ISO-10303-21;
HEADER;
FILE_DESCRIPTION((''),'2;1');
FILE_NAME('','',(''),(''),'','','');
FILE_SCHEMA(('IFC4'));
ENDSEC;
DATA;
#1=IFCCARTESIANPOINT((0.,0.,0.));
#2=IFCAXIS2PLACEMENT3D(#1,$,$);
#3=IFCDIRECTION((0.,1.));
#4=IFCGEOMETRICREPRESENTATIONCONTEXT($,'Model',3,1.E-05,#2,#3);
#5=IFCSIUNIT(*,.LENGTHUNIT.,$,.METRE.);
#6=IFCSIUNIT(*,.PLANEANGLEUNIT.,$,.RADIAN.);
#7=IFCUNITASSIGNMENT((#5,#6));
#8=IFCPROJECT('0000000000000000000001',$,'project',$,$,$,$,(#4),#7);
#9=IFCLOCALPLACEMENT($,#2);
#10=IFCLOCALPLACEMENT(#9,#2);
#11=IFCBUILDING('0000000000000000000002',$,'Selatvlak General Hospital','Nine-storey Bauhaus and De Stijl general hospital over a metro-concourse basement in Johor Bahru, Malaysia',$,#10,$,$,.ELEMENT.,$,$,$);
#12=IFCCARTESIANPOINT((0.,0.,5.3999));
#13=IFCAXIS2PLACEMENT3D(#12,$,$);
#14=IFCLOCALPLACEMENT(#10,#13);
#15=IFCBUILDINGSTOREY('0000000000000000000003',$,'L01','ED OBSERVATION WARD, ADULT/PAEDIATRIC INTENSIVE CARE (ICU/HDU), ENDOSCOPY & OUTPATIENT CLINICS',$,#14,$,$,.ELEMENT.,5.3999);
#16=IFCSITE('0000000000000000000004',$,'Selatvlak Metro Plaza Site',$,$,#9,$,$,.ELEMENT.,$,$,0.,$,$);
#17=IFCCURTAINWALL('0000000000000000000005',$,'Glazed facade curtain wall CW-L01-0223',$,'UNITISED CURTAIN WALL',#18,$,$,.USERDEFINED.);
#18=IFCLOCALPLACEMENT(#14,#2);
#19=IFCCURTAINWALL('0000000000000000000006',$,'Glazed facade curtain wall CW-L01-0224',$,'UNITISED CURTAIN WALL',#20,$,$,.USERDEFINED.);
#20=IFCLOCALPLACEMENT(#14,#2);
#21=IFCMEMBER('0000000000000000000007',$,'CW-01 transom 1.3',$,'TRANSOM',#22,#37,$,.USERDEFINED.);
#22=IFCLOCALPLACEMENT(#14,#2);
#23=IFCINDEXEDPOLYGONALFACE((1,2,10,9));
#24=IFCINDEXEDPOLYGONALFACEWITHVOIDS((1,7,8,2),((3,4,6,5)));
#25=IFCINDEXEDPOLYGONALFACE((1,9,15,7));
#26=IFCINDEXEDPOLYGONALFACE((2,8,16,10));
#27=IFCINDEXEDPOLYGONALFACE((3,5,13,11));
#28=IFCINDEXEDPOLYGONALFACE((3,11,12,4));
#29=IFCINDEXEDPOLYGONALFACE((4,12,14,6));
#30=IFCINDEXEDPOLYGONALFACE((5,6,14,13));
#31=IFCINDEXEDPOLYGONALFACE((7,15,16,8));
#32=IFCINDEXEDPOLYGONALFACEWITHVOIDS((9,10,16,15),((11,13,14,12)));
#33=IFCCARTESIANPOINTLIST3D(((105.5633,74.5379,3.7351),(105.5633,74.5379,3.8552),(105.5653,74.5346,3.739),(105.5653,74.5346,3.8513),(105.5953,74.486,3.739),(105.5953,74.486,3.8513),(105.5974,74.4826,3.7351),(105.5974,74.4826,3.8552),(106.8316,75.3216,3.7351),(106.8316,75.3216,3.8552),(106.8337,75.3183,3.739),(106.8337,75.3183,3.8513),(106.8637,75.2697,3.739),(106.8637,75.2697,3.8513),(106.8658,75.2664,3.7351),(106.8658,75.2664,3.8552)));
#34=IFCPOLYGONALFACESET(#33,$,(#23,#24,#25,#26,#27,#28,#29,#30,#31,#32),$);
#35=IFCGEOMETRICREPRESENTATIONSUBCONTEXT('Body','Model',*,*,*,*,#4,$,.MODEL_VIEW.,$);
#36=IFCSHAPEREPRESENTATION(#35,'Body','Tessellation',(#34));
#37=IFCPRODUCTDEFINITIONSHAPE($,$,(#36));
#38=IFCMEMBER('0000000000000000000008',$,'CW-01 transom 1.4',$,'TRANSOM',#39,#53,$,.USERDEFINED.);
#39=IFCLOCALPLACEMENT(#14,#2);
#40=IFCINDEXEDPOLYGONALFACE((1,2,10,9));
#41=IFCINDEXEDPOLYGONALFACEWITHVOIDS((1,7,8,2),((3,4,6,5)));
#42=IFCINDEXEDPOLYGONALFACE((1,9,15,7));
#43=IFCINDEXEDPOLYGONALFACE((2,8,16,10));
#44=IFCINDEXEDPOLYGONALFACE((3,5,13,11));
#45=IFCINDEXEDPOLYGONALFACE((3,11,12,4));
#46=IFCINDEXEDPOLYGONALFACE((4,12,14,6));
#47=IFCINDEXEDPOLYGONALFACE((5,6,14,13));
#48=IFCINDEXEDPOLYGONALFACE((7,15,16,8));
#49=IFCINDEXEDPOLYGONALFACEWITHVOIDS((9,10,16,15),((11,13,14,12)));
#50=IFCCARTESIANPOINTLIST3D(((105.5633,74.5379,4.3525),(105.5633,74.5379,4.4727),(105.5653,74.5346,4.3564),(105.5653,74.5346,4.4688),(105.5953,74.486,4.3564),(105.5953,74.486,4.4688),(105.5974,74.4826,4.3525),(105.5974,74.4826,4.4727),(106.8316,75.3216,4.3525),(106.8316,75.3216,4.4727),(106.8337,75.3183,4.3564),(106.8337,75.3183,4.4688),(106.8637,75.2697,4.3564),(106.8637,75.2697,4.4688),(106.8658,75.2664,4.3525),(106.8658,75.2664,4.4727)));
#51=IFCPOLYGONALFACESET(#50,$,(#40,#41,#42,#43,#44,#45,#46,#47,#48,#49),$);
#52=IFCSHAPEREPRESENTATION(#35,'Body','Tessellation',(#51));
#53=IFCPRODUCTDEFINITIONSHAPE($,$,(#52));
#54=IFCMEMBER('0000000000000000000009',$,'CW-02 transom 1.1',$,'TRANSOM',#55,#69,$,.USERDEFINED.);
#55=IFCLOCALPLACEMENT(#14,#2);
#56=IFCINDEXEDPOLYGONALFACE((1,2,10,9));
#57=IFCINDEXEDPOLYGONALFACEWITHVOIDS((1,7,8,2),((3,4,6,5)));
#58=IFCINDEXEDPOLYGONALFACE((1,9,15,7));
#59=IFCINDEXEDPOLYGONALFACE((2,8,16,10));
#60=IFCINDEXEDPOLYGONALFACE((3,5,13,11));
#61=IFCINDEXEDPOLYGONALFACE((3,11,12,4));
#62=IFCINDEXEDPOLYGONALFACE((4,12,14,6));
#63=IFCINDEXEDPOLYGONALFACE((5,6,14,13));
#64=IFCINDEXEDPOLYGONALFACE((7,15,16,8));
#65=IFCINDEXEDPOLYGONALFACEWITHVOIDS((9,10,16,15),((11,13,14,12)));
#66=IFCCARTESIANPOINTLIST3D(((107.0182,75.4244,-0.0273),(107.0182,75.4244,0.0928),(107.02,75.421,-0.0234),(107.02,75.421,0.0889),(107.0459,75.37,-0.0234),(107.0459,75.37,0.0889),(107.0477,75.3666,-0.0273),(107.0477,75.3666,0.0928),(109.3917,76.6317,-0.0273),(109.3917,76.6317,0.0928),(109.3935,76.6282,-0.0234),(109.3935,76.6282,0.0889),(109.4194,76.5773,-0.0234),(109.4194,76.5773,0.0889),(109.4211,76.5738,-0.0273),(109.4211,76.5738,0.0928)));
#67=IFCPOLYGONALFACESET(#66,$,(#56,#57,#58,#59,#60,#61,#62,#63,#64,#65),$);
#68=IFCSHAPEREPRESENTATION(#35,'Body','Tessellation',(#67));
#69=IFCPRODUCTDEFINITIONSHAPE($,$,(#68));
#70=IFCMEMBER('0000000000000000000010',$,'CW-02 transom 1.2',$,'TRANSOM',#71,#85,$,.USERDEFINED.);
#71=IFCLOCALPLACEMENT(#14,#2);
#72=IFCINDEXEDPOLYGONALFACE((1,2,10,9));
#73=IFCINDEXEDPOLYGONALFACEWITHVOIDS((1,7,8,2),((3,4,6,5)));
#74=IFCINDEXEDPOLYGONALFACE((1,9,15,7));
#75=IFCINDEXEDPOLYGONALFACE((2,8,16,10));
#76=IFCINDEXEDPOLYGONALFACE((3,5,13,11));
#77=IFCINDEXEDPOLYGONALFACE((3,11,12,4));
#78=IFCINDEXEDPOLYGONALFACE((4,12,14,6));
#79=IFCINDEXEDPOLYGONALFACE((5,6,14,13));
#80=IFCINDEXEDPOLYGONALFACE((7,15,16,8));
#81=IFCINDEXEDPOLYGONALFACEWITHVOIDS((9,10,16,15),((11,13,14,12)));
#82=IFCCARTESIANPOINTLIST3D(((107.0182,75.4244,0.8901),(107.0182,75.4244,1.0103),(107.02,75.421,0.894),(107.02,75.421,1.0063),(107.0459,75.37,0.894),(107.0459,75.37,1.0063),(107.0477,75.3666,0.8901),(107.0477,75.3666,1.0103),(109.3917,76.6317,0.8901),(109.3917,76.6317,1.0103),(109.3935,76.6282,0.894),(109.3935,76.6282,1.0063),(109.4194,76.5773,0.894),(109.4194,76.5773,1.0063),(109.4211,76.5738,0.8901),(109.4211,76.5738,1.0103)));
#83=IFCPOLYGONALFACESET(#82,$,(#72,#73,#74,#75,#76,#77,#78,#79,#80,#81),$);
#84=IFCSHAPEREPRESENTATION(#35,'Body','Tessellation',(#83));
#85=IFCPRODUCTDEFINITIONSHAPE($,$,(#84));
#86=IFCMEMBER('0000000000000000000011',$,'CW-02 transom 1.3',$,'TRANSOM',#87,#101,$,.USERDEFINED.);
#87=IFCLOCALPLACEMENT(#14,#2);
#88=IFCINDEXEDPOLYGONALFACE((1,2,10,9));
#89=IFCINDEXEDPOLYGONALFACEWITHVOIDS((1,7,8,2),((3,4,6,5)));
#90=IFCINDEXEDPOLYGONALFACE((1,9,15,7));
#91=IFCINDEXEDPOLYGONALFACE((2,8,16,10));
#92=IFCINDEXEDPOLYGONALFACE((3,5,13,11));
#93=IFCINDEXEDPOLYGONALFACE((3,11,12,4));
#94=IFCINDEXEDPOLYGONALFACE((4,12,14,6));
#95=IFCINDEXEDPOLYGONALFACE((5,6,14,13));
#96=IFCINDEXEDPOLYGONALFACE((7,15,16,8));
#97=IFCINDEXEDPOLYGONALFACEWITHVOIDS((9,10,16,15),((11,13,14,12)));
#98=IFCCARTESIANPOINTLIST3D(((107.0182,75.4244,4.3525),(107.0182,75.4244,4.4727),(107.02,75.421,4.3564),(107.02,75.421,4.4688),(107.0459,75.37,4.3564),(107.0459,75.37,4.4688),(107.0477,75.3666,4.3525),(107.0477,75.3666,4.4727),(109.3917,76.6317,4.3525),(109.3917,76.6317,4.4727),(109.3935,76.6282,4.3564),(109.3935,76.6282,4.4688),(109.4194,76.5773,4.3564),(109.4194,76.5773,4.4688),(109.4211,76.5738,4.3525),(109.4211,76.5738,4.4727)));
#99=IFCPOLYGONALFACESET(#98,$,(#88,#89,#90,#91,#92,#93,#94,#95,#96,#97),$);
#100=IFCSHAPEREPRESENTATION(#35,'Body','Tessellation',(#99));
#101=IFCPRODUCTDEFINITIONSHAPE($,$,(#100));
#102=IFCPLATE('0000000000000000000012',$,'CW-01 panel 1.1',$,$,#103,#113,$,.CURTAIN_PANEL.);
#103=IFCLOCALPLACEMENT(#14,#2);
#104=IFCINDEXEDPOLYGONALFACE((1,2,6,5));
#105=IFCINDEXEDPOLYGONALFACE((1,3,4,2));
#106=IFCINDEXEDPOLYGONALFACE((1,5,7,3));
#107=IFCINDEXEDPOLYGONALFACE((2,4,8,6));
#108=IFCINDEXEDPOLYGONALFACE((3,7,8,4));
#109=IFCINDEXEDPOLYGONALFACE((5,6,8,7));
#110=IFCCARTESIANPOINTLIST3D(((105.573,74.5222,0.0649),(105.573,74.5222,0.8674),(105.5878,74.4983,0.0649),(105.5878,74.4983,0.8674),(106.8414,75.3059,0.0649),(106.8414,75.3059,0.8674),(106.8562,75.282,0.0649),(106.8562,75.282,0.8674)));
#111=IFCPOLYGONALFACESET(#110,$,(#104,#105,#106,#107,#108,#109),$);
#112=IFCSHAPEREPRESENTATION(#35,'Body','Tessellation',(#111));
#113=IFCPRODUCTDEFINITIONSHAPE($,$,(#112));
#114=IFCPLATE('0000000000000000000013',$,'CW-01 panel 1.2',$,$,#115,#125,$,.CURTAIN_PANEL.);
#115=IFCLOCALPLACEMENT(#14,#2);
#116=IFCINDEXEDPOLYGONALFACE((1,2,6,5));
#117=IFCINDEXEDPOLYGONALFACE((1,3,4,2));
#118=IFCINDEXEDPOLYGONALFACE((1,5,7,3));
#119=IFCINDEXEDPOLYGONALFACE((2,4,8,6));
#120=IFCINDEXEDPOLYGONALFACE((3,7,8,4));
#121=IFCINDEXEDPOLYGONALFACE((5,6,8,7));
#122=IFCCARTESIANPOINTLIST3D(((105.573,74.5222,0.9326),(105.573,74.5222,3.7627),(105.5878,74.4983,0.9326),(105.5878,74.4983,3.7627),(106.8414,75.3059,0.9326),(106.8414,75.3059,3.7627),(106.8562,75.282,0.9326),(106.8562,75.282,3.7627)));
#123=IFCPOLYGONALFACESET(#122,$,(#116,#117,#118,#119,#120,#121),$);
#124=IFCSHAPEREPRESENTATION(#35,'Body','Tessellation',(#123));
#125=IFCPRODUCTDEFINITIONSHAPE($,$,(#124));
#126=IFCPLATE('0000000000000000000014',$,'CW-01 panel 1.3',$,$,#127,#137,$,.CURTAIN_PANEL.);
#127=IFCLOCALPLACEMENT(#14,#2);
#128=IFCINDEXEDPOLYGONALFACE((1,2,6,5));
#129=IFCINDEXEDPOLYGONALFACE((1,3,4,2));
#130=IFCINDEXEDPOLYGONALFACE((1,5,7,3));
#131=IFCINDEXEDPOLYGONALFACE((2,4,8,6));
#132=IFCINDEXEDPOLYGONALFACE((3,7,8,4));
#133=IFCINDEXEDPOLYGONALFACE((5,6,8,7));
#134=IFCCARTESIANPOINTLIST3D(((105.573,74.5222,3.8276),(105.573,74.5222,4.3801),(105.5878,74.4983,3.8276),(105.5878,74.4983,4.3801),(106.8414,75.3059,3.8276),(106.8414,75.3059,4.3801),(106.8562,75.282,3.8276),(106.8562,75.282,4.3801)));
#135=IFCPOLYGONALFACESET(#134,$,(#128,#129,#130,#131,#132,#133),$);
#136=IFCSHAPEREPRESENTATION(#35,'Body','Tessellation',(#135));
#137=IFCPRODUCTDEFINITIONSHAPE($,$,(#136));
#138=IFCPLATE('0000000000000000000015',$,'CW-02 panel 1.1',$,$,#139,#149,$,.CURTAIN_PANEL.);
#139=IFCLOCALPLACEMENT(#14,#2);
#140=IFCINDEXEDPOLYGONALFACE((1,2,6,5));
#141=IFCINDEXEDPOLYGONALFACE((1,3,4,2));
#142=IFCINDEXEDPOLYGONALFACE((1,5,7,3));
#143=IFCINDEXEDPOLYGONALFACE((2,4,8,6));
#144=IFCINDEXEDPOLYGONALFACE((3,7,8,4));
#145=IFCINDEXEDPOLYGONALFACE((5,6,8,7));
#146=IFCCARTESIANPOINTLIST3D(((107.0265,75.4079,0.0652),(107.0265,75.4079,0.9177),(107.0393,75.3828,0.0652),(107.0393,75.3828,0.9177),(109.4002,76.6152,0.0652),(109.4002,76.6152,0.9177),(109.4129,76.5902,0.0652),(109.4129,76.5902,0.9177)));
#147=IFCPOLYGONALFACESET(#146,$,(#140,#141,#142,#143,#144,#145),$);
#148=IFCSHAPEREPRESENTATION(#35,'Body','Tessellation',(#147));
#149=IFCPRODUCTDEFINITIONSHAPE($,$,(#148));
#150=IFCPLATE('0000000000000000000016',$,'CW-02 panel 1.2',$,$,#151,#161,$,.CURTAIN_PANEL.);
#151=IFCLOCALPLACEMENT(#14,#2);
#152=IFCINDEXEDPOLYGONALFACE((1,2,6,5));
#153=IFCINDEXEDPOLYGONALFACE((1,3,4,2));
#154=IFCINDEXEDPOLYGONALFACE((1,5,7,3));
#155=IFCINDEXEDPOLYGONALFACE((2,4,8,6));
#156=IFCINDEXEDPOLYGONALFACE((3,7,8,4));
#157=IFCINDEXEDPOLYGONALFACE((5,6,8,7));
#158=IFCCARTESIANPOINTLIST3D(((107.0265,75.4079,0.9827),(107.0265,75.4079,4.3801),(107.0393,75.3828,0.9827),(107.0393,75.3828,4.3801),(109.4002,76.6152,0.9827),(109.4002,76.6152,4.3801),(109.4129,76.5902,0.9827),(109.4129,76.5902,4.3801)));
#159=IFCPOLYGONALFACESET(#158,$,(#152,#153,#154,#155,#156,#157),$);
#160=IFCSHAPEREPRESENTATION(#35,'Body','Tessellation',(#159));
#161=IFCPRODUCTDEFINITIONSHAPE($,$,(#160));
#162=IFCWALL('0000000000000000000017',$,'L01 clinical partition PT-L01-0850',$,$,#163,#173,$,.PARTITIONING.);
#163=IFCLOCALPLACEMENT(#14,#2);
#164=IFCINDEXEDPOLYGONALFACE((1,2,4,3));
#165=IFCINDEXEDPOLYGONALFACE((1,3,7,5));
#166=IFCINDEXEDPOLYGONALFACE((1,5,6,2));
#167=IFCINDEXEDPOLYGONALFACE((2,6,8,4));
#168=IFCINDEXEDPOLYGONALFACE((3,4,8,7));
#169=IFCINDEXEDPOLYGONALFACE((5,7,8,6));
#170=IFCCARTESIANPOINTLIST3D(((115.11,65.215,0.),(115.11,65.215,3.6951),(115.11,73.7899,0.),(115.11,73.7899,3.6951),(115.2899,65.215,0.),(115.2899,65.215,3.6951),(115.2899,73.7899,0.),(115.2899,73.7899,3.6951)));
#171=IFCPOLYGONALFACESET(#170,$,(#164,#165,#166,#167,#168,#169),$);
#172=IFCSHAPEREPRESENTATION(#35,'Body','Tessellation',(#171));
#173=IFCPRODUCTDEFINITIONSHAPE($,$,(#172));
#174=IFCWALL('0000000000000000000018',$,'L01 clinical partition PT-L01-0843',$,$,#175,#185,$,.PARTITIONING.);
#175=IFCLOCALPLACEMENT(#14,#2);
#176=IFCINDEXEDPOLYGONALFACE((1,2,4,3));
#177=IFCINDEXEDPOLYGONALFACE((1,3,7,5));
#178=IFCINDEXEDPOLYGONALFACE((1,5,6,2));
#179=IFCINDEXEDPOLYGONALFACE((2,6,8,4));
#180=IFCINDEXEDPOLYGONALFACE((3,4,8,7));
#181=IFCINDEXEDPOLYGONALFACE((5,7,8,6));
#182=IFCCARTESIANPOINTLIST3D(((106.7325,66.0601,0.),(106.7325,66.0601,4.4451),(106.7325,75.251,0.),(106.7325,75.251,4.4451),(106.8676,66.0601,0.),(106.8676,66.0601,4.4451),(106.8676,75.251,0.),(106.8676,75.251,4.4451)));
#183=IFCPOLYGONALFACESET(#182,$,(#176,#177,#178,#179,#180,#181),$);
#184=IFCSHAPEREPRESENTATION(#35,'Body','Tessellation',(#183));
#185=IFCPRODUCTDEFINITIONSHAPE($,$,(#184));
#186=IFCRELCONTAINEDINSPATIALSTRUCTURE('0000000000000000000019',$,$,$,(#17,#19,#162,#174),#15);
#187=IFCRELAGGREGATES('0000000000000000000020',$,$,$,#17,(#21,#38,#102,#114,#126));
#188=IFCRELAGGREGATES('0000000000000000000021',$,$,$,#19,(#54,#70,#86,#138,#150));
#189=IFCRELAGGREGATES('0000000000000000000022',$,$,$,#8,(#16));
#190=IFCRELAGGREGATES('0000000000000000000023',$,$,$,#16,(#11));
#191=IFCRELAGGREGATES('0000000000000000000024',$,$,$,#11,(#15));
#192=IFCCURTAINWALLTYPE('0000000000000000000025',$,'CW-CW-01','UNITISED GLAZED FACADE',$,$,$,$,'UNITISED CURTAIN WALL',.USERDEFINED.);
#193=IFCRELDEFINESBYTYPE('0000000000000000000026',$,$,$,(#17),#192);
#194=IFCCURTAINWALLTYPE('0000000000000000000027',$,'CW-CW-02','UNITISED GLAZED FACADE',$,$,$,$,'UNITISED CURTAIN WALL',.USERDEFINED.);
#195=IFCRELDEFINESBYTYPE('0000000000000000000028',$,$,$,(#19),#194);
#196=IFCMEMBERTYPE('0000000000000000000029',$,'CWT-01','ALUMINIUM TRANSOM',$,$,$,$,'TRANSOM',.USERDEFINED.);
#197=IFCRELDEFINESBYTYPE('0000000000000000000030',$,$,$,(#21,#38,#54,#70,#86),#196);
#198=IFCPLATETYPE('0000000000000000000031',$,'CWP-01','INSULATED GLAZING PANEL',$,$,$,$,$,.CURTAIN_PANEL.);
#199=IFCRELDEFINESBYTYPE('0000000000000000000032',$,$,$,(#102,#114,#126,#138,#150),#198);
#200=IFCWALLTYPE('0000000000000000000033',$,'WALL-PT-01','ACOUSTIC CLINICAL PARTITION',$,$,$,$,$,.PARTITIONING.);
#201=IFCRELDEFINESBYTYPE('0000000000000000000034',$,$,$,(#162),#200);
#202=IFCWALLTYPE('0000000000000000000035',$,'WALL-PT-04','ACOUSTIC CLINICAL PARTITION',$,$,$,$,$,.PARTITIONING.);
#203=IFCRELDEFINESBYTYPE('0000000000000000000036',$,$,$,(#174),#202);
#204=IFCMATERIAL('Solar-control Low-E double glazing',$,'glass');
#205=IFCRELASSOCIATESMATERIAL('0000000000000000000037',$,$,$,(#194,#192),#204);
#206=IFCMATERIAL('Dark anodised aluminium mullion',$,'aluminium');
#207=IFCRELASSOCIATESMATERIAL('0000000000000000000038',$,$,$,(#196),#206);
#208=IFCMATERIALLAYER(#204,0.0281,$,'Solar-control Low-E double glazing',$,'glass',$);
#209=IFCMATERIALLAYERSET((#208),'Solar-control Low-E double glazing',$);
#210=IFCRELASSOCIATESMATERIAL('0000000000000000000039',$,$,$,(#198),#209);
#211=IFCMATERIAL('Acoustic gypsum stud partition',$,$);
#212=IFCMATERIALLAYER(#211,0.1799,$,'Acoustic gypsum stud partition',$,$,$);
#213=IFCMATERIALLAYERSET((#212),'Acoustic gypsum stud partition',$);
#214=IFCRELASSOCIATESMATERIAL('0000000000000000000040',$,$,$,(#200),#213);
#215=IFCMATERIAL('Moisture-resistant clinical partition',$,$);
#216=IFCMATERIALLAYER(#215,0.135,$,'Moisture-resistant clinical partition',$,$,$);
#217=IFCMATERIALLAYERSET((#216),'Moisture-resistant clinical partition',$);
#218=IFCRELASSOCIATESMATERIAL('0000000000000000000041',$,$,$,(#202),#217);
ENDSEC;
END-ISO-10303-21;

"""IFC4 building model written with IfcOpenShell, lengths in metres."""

from ifc_helpers import new_model, si_unit, direction, frame, frame_2d, origin, origin_2d, place, context, subcontext, project, spatial, rectangle, hollow_rectangle, extrude, material, layer, layer_set, material_profile, profile_set, type_object, element, aggregate, save


model = new_model("IFC4")

# Units and contexts
model_context = context("Model", 3, precision=1e-05, world=origin(), true_north=direction((0.0, 1.0)))
body_context = subcontext(model_context, "Body", "Model", "MODEL_VIEW")
ifc_project = project(units=[si_unit("LENGTHUNIT", "METRE"), si_unit("PLANEANGLEUNIT", "RADIAN")], contexts=[model_context])

# Site, building, storey
site_placement = place(None, origin())
site = spatial("IfcSite", under=ifc_project, at=site_placement, Name="Selatvlak Metro Plaza Site", CompositionType="ELEMENT", RefElevation=0.0)
building_placement = place(site_placement, origin())
building = spatial("IfcBuilding", under=site, at=building_placement, Name="Selatvlak General Hospital", Description="Nine-storey Bauhaus and De Stijl general hospital over a metro-concourse basement in Johor Bahru, Malaysia", CompositionType="ELEMENT")
storey_placement = place(building_placement, frame((0.0, 0.0, 5.3999)))
storey = spatial("IfcBuildingStorey", under=building, at=storey_placement, Name="L01", Description="ED OBSERVATION WARD, ADULT/PAEDIATRIC INTENSIVE CARE (ICU/HDU), ENDOSCOPY & OUTPATIENT CLINICS", CompositionType="ELEMENT", Elevation=5.3999)

# Shared definitions
ifc_material_1 = material(Name="Solar-control Low-E double glazing", Category="glass")
curtain_wall_type_1 = type_object("IfcCurtainWallType", Name="CW-CW-02", Description="UNITISED GLAZED FACADE", ElementType="UNITISED CURTAIN WALL", PredefinedType="USERDEFINED", material=ifc_material_1)
ifc_material_2 = material(Name="Dark anodised aluminium mullion", Category="aluminium")

# Curtain wall
curtain_wall_type_2 = type_object("IfcCurtainWallType", Name="CW-CW-01", Description="UNITISED GLAZED FACADE", ElementType="UNITISED CURTAIN WALL", PredefinedType="USERDEFINED", material=ifc_material_1)
curtain_wall_1_placement = place(storey_placement, origin())
curtain_wall_1 = element("IfcCurtainWall", 1, at=curtain_wall_1_placement, inside=storey, type_object=curtain_wall_type_2, Name="Glazed facade curtain wall CW-L01-0223", ObjectType="UNITISED CURTAIN WALL", PredefinedType="USERDEFINED")

# Curtain wall
curtain_wall_2_placement = place(storey_placement, origin())
curtain_wall_2 = element("IfcCurtainWall", 2, at=curtain_wall_2_placement, inside=storey, type_object=curtain_wall_type_1, Name="Glazed facade curtain wall CW-L01-0224", ObjectType="UNITISED CURTAIN WALL", PredefinedType="USERDEFINED")

# Members
ifc_material_profile_1 = material_profile(ifc_material_2, hollow_rectangle(XDim=0.0649, YDim=0.1201, WallThickness=0.0039, at=origin_2d()), Name="AL-TRN 65x120x4")
ifc_profile_set_1 = profile_set([ifc_material_profile_1], Name="Dark anodised aluminium mullion")
member_type_1 = type_object("IfcMemberType", Name="CWT-01", Description="ALUMINIUM TRANSOM", ElementType="TRANSOM", PredefinedType="USERDEFINED", material=ifc_profile_set_1)
member_1_placement = place(storey_placement, frame((105.5803, 74.5103, 3.7952), z_axis=(0.850701, 0.52565, 0.0), x_axis=(-0.52565, 0.850701, 0.0)))
member_1 = element("IfcMember", 3, at=member_1_placement, type_object=member_type_1, Name="CW-01 transom 1.3", ObjectType="TRANSOM", PredefinedType="USERDEFINED", context=body_context, shape_type="SweptSolid", body=[
    extrude(hollow_rectangle(XDim=0.0649, YDim=0.1201, WallThickness=0.0039, at=origin_2d()), origin(), (0.0, 0.0, 1.0), 1.491),
])
member_2_placement = place(storey_placement, frame((105.5803, 74.5103, 4.4126), z_axis=(0.850701, 0.52565, 0.0), x_axis=(-0.52565, 0.850701, 0.0)))
member_2 = element("IfcMember", 4, at=member_2_placement, type_object=member_type_1, Name="CW-01 transom 1.4", ObjectType="TRANSOM", PredefinedType="USERDEFINED", context=body_context, shape_type="SweptSolid", body=[
    extrude(hollow_rectangle(XDim=0.0649, YDim=0.1201, WallThickness=0.0039, at=origin_2d()), origin(), (0.0, 0.0, 1.0), 1.491),
])
member_3_placement = place(storey_placement, frame((107.033, 75.3955, 0.0327), z_axis=(0.891325, 0.453364, 0.0), x_axis=(-0.453364, 0.891325, 0.0)))
member_3 = element("IfcMember", 5, at=member_3_placement, type_object=member_type_1, Name="CW-02 transom 1.1", ObjectType="TRANSOM", PredefinedType="USERDEFINED", context=body_context, shape_type="SweptSolid", body=[
    extrude(hollow_rectangle(XDim=0.0649, YDim=0.1201, WallThickness=0.0039, at=origin_2d()), origin(), (0.0, 0.0, 1.0), 2.6628),
])
member_4_placement = place(storey_placement, frame((107.033, 75.3955, 0.9502), z_axis=(0.891325, 0.453364, 0.0), x_axis=(-0.453364, 0.891325, 0.0)))
member_4 = element("IfcMember", 6, at=member_4_placement, type_object=member_type_1, Name="CW-02 transom 1.2", ObjectType="TRANSOM", PredefinedType="USERDEFINED", context=body_context, shape_type="SweptSolid", body=[
    extrude(hollow_rectangle(XDim=0.0649, YDim=0.1201, WallThickness=0.0039, at=origin_2d()), origin(), (0.0, 0.0, 1.0), 2.6628),
])
member_5_placement = place(storey_placement, frame((107.033, 75.3955, 4.4126), z_axis=(0.891325, 0.453364, 0.0), x_axis=(-0.453364, 0.891325, 0.0)))
member_5 = element("IfcMember", 7, at=member_5_placement, type_object=member_type_1, Name="CW-02 transom 1.3", ObjectType="TRANSOM", PredefinedType="USERDEFINED", context=body_context, shape_type="SweptSolid", body=[
    extrude(hollow_rectangle(XDim=0.0649, YDim=0.1201, WallThickness=0.0039, at=origin_2d()), origin(), (0.0, 0.0, 1.0), 2.6628),
])

# Plates
ifc_layer_1 = layer(ifc_material_1, 0.0281, Name="Solar-control Low-E double glazing", Category="glass")
ifc_layer_set_1 = layer_set([ifc_layer_1], Name="Solar-control Low-E double glazing")
plate_type = type_object("IfcPlateType", Name="CWP-01", Description="INSULATED GLAZING PANEL", PredefinedType="CURTAIN_PANEL", material=ifc_layer_set_1)
plate_1_placement = place(storey_placement, frame((106.2146, 74.9021, 0.0649), z_axis=(0.0, 0.0, 1.0), x_axis=(0.850725, 0.525611, 0.0)))
plate_1 = element("IfcPlate", 8, at=plate_1_placement, type_object=plate_type, Name="CW-01 panel 1.1", PredefinedType="CURTAIN_PANEL", context=body_context, shape_type="SweptSolid", body=[
    extrude(rectangle(XDim=1.491, YDim=0.0281, at=origin_2d()), origin(), (0.0, 0.0, 1.0), 0.8025),
])
plate_2_placement = place(storey_placement, frame((106.2146, 74.9021, 0.9326), z_axis=(0.0, 0.0, 1.0), x_axis=(0.850725, 0.525611, 0.0)))
plate_2 = element("IfcPlate", 9, at=plate_2_placement, type_object=plate_type, Name="CW-01 panel 1.2", PredefinedType="CURTAIN_PANEL", context=body_context, shape_type="SweptSolid", body=[
    extrude(rectangle(XDim=1.491, YDim=0.0281, at=origin_2d()), origin(), (0.0, 0.0, 1.0), 2.8301),
])
plate_3_placement = place(storey_placement, frame((106.2146, 74.9021, 3.8276), z_axis=(0.0, 0.0, 1.0), x_axis=(0.850725, 0.525611, 0.0)))
plate_3 = element("IfcPlate", 10, at=plate_3_placement, type_object=plate_type, Name="CW-01 panel 1.3", PredefinedType="CURTAIN_PANEL", context=body_context, shape_type="SweptSolid", body=[
    extrude(rectangle(XDim=1.491, YDim=0.0281, at=origin_2d()), origin(), (0.0, 0.0, 1.0), 0.5525),
])
aggregate(curtain_wall_1, [member_1, member_2, plate_1, plate_2, plate_3])
plate_4_placement = place(storey_placement, frame((108.2197, 75.999, 0.0652), z_axis=(0.0, 0.0, 1.0), x_axis=(0.891327, 0.453361, 0.0)))
plate_4 = element("IfcPlate", 11, at=plate_4_placement, type_object=plate_type, Name="CW-02 panel 1.1", PredefinedType="CURTAIN_PANEL", context=body_context, shape_type="SweptSolid", body=[
    extrude(rectangle(XDim=2.6631, YDim=0.0281, at=origin_2d()), origin(), (0.0, 0.0, 1.0), 0.8525),
])
plate_5_placement = place(storey_placement, frame((108.2197, 75.999, 0.9827), z_axis=(0.0, 0.0, 1.0), x_axis=(0.891327, 0.453361, 0.0)))
plate_5 = element("IfcPlate", 12, at=plate_5_placement, type_object=plate_type, Name="CW-02 panel 1.2", PredefinedType="CURTAIN_PANEL", context=body_context, shape_type="SweptSolid", body=[
    extrude(rectangle(XDim=2.6631, YDim=0.0281, at=origin_2d()), origin(), (0.0, 0.0, 1.0), 3.3975),
])
aggregate(curtain_wall_2, [member_3, member_4, member_5, plate_4, plate_5])

# Walls
ifc_material_3 = material(Name="Acoustic gypsum stud partition")
ifc_layer_2 = layer(ifc_material_3, 0.1799, Name="Acoustic gypsum stud partition")
ifc_layer_set_2 = layer_set([ifc_layer_2], Name="Acoustic gypsum stud partition")
wall_type_1 = type_object("IfcWallType", Name="WALL-PT-01", Description="ACOUSTIC CLINICAL PARTITION", PredefinedType="PARTITIONING", material=ifc_layer_set_2)
wall_1_placement = place(storey_placement, frame((115.2, 73.79, 0.0), z_axis=(0.0, 0.0, 1.0), x_axis=(0.0, -1.0, 0.0)))
element("IfcWall", 13, at=wall_1_placement, inside=storey, type_object=wall_type_1, Name="L01 clinical partition PT-L01-0850", PredefinedType="PARTITIONING", context=body_context, shape_type="SweptSolid", body=[
    extrude(rectangle(XDim=8.575, YDim=0.1799, at=frame_2d((4.2876, 0.0))), origin(), (0.0, 0.0, 1.0), 3.6951),
])
ifc_material_4 = material(Name="Moisture-resistant clinical partition")
ifc_layer_3 = layer(ifc_material_4, 0.135, Name="Moisture-resistant clinical partition")
ifc_layer_set_3 = layer_set([ifc_layer_3], Name="Moisture-resistant clinical partition")
wall_type_2 = type_object("IfcWallType", Name="WALL-PT-04", Description="ACOUSTIC CLINICAL PARTITION", PredefinedType="PARTITIONING", material=ifc_layer_set_3)
wall_2_placement = place(storey_placement, frame((106.8, 75.251, 0.0), z_axis=(0.0, 0.0, 1.0), x_axis=(0.0, -1.0, 0.0)))
element("IfcWall", 14, at=wall_2_placement, inside=storey, type_object=wall_type_2, Name="L01 clinical partition PT-L01-0843", PredefinedType="PARTITIONING", context=body_context, shape_type="SweptSolid", body=[
    extrude(rectangle(XDim=9.1909, YDim=0.135, at=frame_2d((4.5955, 0.0))), origin(), (0.0, 0.0, 1.0), 4.4451),
])

save(model, "model.ifc")
